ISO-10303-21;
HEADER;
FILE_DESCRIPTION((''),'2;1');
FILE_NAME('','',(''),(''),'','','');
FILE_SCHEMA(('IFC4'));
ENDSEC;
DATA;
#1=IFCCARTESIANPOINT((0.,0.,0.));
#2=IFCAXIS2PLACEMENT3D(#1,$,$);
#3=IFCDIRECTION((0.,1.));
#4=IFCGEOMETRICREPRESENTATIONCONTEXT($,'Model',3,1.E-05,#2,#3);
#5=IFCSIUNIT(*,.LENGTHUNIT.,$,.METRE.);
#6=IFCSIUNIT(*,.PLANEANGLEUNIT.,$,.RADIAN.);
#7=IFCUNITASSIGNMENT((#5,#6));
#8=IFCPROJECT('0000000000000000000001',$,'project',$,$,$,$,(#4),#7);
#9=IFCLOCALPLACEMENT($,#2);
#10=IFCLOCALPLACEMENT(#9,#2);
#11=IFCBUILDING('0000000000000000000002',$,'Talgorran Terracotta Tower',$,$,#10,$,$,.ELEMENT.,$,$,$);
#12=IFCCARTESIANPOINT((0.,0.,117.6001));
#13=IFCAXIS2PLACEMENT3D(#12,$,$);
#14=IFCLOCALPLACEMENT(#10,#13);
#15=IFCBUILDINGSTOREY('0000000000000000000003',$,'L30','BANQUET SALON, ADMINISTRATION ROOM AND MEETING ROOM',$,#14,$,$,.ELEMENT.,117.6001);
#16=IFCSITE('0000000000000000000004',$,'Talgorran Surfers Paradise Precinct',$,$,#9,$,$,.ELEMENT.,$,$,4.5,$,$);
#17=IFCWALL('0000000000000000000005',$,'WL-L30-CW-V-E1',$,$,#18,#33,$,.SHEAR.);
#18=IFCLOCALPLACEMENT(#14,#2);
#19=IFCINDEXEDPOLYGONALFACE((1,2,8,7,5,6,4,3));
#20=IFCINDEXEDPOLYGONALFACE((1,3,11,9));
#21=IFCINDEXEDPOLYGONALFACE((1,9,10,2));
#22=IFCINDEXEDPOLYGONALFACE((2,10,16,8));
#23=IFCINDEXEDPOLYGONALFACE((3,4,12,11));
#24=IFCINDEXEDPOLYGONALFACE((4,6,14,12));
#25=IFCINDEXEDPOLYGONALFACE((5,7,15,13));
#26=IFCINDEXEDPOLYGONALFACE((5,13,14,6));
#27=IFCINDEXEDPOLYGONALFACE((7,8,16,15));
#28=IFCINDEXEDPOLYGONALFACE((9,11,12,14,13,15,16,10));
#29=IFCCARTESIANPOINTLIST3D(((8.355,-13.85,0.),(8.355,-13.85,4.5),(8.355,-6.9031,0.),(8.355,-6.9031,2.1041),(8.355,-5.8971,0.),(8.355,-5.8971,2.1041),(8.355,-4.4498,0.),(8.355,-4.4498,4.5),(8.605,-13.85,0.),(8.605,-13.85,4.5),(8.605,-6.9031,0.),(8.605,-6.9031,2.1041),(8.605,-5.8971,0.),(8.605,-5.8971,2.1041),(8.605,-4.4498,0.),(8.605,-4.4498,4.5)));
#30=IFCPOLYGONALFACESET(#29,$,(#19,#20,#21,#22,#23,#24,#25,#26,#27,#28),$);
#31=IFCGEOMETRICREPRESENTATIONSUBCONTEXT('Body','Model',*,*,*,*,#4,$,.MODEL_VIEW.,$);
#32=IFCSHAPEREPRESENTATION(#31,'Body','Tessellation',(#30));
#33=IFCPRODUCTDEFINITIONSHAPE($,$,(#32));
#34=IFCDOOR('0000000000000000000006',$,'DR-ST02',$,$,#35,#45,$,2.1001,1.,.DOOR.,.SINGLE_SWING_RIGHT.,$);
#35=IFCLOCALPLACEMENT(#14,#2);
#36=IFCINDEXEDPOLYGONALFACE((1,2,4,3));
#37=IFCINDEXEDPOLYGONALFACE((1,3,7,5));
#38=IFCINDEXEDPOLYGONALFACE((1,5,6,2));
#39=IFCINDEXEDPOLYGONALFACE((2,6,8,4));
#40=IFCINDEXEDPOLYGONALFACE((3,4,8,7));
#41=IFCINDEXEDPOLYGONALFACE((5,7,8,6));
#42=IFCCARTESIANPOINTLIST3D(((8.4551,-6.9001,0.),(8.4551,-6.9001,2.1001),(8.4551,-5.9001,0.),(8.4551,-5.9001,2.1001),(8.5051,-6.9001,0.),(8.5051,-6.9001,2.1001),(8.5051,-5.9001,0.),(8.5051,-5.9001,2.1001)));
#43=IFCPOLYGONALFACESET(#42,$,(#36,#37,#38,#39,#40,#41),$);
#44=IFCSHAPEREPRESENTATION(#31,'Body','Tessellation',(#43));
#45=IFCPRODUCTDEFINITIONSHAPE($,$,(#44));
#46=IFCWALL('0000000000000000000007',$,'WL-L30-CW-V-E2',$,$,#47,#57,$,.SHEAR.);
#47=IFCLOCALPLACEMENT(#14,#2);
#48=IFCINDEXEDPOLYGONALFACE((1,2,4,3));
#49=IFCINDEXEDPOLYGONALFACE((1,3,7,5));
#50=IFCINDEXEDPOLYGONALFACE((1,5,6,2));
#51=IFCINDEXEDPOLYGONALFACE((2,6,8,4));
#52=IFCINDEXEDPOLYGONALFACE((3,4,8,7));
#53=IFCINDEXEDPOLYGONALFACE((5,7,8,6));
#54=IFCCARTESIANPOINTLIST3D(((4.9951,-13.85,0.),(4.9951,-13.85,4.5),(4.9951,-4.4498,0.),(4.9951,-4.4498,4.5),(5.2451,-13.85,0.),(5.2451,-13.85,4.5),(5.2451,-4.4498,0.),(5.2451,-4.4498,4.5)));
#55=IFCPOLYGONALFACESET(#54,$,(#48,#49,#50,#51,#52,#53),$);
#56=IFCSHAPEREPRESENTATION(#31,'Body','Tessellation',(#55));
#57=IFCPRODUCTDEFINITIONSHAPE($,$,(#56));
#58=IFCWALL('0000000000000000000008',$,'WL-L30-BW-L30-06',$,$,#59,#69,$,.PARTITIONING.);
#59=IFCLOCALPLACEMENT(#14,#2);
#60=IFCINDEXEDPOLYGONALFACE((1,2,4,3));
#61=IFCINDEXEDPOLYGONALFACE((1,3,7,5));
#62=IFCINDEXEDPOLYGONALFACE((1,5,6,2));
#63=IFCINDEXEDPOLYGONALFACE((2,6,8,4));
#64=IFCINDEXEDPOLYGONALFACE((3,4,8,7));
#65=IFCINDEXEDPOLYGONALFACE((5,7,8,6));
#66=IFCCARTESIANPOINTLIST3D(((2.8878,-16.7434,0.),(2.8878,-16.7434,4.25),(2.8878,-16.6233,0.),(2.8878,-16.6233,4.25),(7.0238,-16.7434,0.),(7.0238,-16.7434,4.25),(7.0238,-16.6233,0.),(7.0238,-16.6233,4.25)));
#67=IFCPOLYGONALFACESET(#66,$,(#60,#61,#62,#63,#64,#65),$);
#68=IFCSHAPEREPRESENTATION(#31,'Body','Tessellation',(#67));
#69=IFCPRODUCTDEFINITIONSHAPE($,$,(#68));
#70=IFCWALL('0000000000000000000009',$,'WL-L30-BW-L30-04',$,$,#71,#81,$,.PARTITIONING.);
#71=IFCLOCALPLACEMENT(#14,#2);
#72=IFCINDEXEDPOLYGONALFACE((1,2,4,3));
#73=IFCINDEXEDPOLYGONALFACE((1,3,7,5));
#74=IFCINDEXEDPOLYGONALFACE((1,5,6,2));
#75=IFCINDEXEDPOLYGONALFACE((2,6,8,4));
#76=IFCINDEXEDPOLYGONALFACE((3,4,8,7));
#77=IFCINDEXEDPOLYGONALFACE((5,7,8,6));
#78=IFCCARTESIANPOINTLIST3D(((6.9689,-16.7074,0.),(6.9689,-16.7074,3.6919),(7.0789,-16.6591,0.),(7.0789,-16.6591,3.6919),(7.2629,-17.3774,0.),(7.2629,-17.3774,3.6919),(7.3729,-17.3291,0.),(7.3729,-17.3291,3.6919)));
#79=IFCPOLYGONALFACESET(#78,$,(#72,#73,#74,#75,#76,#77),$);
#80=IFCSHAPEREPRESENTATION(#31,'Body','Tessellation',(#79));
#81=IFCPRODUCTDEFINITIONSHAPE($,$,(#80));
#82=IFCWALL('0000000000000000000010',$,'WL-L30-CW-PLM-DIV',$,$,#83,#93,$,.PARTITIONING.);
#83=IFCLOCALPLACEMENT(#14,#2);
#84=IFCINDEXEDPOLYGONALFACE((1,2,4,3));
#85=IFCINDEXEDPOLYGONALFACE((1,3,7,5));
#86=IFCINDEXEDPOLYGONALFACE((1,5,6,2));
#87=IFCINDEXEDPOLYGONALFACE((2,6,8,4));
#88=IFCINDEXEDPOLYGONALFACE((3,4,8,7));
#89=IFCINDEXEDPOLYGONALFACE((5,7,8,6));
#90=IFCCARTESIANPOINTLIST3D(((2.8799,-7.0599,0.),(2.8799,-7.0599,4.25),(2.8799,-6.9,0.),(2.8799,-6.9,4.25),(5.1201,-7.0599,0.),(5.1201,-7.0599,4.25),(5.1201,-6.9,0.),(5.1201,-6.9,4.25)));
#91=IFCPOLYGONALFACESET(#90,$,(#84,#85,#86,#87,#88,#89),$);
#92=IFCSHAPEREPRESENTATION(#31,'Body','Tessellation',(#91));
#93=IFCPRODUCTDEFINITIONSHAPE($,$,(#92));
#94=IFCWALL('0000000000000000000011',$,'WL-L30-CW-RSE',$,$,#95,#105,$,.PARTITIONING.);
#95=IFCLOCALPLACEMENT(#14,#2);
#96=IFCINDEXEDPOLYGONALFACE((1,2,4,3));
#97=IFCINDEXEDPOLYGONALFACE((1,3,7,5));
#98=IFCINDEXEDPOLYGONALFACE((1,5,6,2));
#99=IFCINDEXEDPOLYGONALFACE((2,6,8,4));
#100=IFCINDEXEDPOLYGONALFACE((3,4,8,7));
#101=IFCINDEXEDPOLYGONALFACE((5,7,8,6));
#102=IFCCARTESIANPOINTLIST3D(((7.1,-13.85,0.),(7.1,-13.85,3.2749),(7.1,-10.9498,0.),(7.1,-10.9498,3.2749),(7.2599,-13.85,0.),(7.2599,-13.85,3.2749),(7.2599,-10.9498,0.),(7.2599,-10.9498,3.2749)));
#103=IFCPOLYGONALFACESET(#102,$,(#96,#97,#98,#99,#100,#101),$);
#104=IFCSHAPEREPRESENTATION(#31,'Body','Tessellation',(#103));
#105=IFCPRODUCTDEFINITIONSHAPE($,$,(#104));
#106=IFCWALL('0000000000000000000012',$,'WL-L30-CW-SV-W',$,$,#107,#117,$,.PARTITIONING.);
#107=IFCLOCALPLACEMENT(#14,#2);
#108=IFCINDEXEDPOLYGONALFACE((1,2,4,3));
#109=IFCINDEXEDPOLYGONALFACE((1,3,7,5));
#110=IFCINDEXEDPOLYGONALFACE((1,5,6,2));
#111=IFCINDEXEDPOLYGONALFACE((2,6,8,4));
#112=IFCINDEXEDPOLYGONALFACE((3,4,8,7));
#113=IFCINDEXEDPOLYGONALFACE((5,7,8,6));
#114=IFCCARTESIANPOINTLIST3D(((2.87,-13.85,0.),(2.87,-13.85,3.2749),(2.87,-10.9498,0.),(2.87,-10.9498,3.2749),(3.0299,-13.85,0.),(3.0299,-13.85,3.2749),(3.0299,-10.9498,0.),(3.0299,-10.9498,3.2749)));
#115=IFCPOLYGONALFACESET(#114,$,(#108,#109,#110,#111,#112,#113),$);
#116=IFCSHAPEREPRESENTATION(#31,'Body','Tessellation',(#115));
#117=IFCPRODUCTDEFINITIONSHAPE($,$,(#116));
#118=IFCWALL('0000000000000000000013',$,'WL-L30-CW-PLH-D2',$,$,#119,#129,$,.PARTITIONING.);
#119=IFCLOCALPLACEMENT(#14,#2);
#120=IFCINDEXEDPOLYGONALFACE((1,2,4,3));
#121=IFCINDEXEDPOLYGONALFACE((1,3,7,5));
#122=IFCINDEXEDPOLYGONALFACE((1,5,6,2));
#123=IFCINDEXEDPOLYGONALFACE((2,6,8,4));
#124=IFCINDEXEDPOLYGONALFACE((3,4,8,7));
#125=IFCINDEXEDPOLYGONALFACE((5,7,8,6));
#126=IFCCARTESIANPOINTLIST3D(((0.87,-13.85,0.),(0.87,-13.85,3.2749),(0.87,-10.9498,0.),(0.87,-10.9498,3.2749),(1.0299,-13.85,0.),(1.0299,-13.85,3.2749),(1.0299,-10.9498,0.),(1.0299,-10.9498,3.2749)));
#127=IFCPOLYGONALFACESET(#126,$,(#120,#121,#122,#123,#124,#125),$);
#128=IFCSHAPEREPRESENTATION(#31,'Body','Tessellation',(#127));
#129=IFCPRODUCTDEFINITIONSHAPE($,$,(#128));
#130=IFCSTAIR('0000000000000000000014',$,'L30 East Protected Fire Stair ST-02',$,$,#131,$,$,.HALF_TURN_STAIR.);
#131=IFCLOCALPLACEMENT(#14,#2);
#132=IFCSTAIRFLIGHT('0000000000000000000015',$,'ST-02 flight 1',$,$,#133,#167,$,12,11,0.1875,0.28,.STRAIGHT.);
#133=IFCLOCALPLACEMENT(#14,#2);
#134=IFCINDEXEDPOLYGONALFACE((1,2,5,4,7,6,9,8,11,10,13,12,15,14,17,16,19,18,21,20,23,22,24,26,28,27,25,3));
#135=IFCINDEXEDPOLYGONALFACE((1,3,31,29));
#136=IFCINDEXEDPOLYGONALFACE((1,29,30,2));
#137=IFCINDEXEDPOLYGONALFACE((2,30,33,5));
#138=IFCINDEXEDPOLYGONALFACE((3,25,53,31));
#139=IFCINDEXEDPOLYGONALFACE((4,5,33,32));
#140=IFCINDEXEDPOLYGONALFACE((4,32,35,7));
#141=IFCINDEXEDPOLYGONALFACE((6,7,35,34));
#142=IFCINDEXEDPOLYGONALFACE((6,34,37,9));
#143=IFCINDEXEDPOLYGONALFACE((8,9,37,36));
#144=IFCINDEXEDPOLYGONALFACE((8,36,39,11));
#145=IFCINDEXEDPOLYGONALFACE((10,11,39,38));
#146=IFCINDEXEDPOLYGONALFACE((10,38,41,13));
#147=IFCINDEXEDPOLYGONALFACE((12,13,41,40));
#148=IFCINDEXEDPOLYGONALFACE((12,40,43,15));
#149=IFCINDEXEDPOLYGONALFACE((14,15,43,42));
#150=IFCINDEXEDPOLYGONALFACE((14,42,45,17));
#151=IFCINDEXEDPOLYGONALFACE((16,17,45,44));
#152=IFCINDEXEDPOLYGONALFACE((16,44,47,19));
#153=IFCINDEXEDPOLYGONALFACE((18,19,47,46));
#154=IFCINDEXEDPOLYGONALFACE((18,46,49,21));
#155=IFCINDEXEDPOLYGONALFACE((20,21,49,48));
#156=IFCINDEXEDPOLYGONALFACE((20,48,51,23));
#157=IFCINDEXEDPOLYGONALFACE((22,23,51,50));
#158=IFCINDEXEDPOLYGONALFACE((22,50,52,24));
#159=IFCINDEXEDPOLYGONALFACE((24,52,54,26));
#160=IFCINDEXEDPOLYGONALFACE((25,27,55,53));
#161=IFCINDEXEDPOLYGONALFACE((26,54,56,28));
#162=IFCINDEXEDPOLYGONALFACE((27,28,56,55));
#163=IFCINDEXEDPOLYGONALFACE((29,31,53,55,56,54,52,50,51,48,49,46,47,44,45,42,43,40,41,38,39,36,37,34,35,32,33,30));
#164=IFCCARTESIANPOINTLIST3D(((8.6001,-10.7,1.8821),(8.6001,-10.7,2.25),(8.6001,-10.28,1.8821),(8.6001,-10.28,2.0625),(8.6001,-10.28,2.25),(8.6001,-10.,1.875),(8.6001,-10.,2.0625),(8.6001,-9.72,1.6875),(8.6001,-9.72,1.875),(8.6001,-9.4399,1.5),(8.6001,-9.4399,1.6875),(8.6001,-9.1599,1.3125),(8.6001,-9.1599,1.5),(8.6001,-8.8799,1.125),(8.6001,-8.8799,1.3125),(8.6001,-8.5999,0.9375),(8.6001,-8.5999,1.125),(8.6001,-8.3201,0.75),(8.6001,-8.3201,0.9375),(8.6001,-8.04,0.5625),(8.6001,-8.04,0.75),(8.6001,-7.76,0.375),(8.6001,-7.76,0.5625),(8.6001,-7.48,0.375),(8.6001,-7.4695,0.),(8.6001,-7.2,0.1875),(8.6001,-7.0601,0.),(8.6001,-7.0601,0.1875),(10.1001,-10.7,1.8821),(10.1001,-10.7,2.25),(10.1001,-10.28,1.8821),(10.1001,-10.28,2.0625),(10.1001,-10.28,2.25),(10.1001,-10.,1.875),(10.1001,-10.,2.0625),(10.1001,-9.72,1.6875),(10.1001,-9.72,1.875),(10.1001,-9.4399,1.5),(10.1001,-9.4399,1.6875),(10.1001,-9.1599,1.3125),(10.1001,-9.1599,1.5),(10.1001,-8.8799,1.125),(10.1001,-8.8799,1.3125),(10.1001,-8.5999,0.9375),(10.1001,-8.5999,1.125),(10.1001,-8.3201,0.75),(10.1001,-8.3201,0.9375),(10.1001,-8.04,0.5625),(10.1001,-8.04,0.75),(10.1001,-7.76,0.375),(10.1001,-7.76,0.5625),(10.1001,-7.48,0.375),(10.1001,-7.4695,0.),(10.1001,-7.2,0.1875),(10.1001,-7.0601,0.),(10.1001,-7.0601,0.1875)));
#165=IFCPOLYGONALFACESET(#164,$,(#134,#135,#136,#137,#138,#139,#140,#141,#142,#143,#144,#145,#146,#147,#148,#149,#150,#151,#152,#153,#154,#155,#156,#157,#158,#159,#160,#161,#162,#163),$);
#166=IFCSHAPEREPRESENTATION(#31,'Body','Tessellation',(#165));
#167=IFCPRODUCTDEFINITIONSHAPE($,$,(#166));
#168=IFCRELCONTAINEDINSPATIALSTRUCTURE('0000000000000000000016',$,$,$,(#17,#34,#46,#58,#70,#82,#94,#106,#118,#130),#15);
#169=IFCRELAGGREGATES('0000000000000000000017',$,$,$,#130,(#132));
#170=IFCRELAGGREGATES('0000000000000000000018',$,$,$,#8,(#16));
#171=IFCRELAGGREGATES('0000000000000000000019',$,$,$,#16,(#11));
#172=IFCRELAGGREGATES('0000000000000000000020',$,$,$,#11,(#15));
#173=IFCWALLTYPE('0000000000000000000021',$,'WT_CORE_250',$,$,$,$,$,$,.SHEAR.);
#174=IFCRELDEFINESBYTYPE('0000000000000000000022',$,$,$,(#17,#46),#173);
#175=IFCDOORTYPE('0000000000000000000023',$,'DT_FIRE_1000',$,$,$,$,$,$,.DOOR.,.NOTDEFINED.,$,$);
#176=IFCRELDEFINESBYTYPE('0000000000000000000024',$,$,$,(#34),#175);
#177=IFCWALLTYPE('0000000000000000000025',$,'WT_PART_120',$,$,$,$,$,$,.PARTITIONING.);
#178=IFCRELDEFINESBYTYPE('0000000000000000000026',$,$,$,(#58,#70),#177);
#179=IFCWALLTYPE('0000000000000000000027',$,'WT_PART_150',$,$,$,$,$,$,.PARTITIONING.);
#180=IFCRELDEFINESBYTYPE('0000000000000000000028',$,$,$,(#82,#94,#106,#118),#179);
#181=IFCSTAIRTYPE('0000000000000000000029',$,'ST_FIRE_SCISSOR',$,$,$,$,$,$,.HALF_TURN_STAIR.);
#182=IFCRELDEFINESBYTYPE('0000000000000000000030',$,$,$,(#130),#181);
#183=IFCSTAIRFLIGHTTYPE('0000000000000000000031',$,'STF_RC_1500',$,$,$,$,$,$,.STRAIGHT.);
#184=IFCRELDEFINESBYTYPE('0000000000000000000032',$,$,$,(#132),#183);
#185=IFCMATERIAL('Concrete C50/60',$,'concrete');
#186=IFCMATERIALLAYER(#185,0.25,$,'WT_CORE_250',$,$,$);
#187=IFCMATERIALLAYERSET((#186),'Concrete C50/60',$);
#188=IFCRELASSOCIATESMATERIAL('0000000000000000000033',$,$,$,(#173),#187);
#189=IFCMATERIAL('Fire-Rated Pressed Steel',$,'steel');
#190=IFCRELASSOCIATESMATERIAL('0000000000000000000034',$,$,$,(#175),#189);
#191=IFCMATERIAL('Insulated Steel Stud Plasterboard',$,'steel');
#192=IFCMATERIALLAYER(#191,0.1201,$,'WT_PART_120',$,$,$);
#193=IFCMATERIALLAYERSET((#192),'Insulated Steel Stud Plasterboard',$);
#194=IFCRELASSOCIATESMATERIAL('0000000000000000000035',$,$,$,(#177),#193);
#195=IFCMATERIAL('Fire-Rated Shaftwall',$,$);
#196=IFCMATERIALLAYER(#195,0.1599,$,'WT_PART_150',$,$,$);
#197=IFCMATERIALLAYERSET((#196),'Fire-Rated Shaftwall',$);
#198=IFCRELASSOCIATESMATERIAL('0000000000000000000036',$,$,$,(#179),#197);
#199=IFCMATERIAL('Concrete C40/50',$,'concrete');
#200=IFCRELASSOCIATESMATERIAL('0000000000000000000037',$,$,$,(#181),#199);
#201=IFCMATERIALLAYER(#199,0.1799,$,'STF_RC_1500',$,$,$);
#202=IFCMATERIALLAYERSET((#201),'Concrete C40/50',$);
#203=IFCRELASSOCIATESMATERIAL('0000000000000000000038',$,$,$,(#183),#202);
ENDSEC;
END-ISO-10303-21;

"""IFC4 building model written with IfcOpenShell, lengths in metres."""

from ifc_helpers import new_model, si_unit, direction, frame, frame_2d, origin, place, context, subcontext, project, spatial, polyline, rectangle, outline, extrude, material, layer, layer_set, type_object, element, fill, aggregate, save


model = new_model("IFC4")

# Units and contexts
model_context = context("Model", 3, precision=1e-05, world=origin(), true_north=direction((0.0, 1.0)))
body_context = subcontext(model_context, "Body", "Model", "MODEL_VIEW")
ifc_project = project(units=[si_unit("LENGTHUNIT", "METRE"), si_unit("PLANEANGLEUNIT", "RADIAN")], contexts=[model_context])

# Site, building, storey
site_placement = place(None, origin())
site = spatial("IfcSite", under=ifc_project, at=site_placement, Name="Talgorran Surfers Paradise Precinct", CompositionType="ELEMENT", RefElevation=4.5)
building_placement = place(site_placement, origin())
building = spatial("IfcBuilding", under=site, at=building_placement, Name="Talgorran Terracotta Tower", CompositionType="ELEMENT")
storey_placement = place(building_placement, frame((0.0, 0.0, 117.6001)))
storey = spatial("IfcBuildingStorey", under=building, at=storey_placement, Name="L30", Description="BANQUET SALON, ADMINISTRATION ROOM AND MEETING ROOM", CompositionType="ELEMENT", Elevation=117.6001)

# Shared definitions
ifc_material_1 = material(Name="Concrete C50/60", Category="concrete")

# Shared definitions
ifc_material_2 = material(Name="Fire-Rated Pressed Steel", Category="steel")

# Wall, opening, door
ifc_layer_1 = layer(ifc_material_1, 0.25, Name="WT_CORE_250")
ifc_layer_set_1 = layer_set([ifc_layer_1], Name="Concrete C50/60")
wall_type_1 = type_object("IfcWallType", Name="WT_CORE_250", PredefinedType="SHEAR", material=ifc_layer_set_1)
wall_1_placement = place(storey_placement, frame((8.48, -13.8501, 0.0), z_axis=(0.0, 0.0, 1.0), x_axis=(0.0, 1.0, 0.0)))
wall_1 = element("IfcWall", 1, at=wall_1_placement, inside=storey, type_object=wall_type_1, Name="WL-L30-CW-V-E1", PredefinedType="SHEAR", context=body_context, shape_type="SweptSolid", body=[
    extrude(rectangle(XDim=9.4001, YDim=0.25, at=frame_2d((4.7002, 0.0))), origin(), (0.0, 0.0, 1.0), 4.5),
])
opening_1_placement = place(wall_1_placement, frame((6.95, 0.0, 0.0)))
opening_1 = element("IfcOpeningElement", 2, at=opening_1_placement, cuts=wall_1, PredefinedType="OPENING", context=body_context, shape_type="SweptSolid", body=[
    extrude(rectangle(XDim=1.006, YDim=2.1041, at=frame_2d((0.5, 1.052))), frame((0.0, 0.135, 0.0), z_axis=(0.0, -1.0, 0.0), x_axis=(1.0, 0.0, 0.0)), (0.0, 0.0, 1.0), 0.27),
])
door_type_1 = type_object("IfcDoorType", Name="DT_FIRE_1000", OperationType="NOTDEFINED", PredefinedType="DOOR", material=ifc_material_2)
door_1_placement = place(opening_1_placement, origin())
door_1 = element("IfcDoor", 3, at=door_1_placement, inside=storey, type_object=door_type_1, Name="DR-ST02", OperationType="SINGLE_SWING_RIGHT", OverallHeight=2.1001, OverallWidth=1.0, PredefinedType="DOOR", context=body_context, shape_type="SweptSolid", body=[
    extrude(rectangle(XDim=1.0, YDim=2.1001, at=frame_2d((0.5, 1.05))), frame((0.0, 0.0249, 0.0), z_axis=(0.0, -1.0, 0.0), x_axis=(1.0, 0.0, 0.0)), (0.0, 0.0, 1.0), 0.05),
])
fill(opening_1, door_1)

# Walls
wall_2_placement = place(storey_placement, frame((5.1201, -13.8501, 0.0), z_axis=(0.0, 0.0, 1.0), x_axis=(0.0, 1.0, 0.0)))
element("IfcWall", 4, at=wall_2_placement, inside=storey, type_object=wall_type_1, Name="WL-L30-CW-V-E2", PredefinedType="SHEAR", context=body_context, shape_type="SweptSolid", body=[
    extrude(rectangle(XDim=9.4001, YDim=0.25, at=frame_2d((4.7002, 0.0))), origin(), (0.0, 0.0, 1.0), 4.5),
])
ifc_material_3 = material(Name="Insulated Steel Stud Plasterboard", Category="steel")
ifc_layer_2 = layer(ifc_material_3, 0.1201, Name="WT_PART_120")
ifc_layer_set_2 = layer_set([ifc_layer_2], Name="Insulated Steel Stud Plasterboard")
wall_type_2 = type_object("IfcWallType", Name="WT_PART_120", PredefinedType="PARTITIONING", material=ifc_layer_set_2)
wall_3_placement = place(storey_placement, frame((2.8879, -16.6833, 0.0), z_axis=(0.0, 0.0, 1.0), x_axis=(1.0, 0.0, 0.0)))
element("IfcWall", 5, at=wall_3_placement, inside=storey, type_object=wall_type_2, Name="WL-L30-BW-L30-06", PredefinedType="PARTITIONING", context=body_context, shape_type="SweptSolid", body=[
    extrude(rectangle(XDim=4.136, YDim=0.1201, at=frame_2d((2.0679, 0.0))), origin(), (0.0, 0.0, 1.0), 4.25),
])
wall_4_placement = place(storey_placement, frame((7.0239, -16.6833, 0.0), z_axis=(0.0, 0.0, 1.0), x_axis=(0.401799, -0.915728, 0.0)))
element("IfcWall", 6, at=wall_4_placement, inside=storey, type_object=wall_type_2, Name="WL-L30-BW-L30-04", PredefinedType="PARTITIONING", context=body_context, shape_type="SweptSolid", body=[
    extrude(rectangle(XDim=0.7317, YDim=0.1201, at=frame_2d((0.3657, 0.0))), origin(), (0.0, 0.0, 1.0), 3.6919),
])
ifc_material_4 = material(Name="Fire-Rated Shaftwall")
ifc_layer_3 = layer(ifc_material_4, 0.1599, Name="WT_PART_150")
ifc_layer_set_3 = layer_set([ifc_layer_3], Name="Fire-Rated Shaftwall")
wall_type_3 = type_object("IfcWallType", Name="WT_PART_150", PredefinedType="PARTITIONING", material=ifc_layer_set_3)
wall_5_placement = place(storey_placement, frame((2.8799, -6.98, 0.0), z_axis=(0.0, 0.0, 1.0), x_axis=(1.0, 0.0, 0.0)))
element("IfcWall", 7, at=wall_5_placement, inside=storey, type_object=wall_type_3, Name="WL-L30-CW-PLM-DIV", PredefinedType="PARTITIONING", context=body_context, shape_type="SweptSolid", body=[
    extrude(rectangle(XDim=2.2402, YDim=0.1599, at=frame_2d((1.1201, 0.0))), origin(), (0.0, 0.0, 1.0), 4.25),
])
for number, where, z_axis, x_axis, name in (
    (8, (7.1799, -13.8501, 0.0), (0.0, 0.0, 1.0), (0.0, 1.0, 0.0), "WL-L30-CW-RSE"),
    (9, (2.95, -13.8501, 0.0), (0.0, 0.0, 1.0), (0.0, 1.0, 0.0), "WL-L30-CW-SV-W"),
    (10, (0.95, -13.8501, 0.0), (0.0, 0.0, 1.0), (0.0, 1.0, 0.0), "WL-L30-CW-PLH-D2"),
):
    element("IfcWall", number, at=place(storey_placement, frame(where, z_axis=z_axis, x_axis=x_axis)), inside=storey, type_object=wall_type_3, Name=name, PredefinedType="PARTITIONING", context=body_context, shape_type="SweptSolid", body=[
        extrude(rectangle(XDim=2.9001, YDim=0.1599, at=frame_2d((1.4502, 0.0))), origin(), (0.0, 0.0, 1.0), 3.2749),
    ])

# Stair, stair flight
ifc_material_5 = material(Name="Concrete C40/50", Category="concrete")
stair_type = type_object("IfcStairType", Name="ST_FIRE_SCISSOR", PredefinedType="HALF_TURN_STAIR", material=ifc_material_5)
stair_placement = place(storey_placement, origin())
stair = element("IfcStair", 11, at=stair_placement, inside=storey, type_object=stair_type, Name="L30 East Protected Fire Stair ST-02", PredefinedType="HALF_TURN_STAIR")
ifc_layer_4 = layer(ifc_material_5, 0.1799, Name="STF_RC_1500")
ifc_layer_set_4 = layer_set([ifc_layer_4], Name="Concrete C40/50")
stair_flight_type = type_object("IfcStairFlightType", Name="STF_RC_1500", PredefinedType="STRAIGHT", material=ifc_layer_set_4)
stair_flight_1_placement = place(storey_placement, frame((9.3501, -7.2, 0.0), z_axis=(0.0, 0.0, 1.0), x_axis=(0.0, -1.0, 0.0)))
stair_flight_1 = element("IfcStairFlight", 12, at=stair_flight_1_placement, type_object=stair_flight_type, Name="ST-02 flight 1", NumberOfRisers=12, NumberOfTreads=11, PredefinedType="STRAIGHT", RiserHeight=0.1875, TreadLength=0.28, context=body_context, shape_type="SweptSolid", body=[
    extrude(outline(polyline([(-0.1399, 0.0), (-0.1399, 0.1875), (0.0, 0.1875), (0.28, 0.375), (0.5601, 0.375), (0.5601, 0.5625), (0.8401, 0.5625), (0.8401, 0.75), (1.1201, 0.75), (1.1201, 0.9375), (1.3999, 0.9375), (1.3999, 1.125), (1.6799, 1.125), (1.6799, 1.3125), (1.96, 1.3125), (1.96, 1.5), (2.24, 1.5), (2.24, 1.6875), (2.52, 1.6875), (2.52, 1.875), (2.8, 1.875), (2.8, 2.0625), (3.0801, 2.0625), (3.0801, 2.25), (3.5, 2.25), (3.5, 1.8821), (3.0801, 1.8821), (0.2695, 0.0), (-0.1399, 0.0)])), frame((0.0, 0.75, 0.0), z_axis=(0.0, -1.0, 0.0), x_axis=(1.0, 0.0, 0.0)), (0.0, 0.0, 1.0), 1.5),
])
aggregate(stair, [stair_flight_1])

save(model, "model.ifc")
